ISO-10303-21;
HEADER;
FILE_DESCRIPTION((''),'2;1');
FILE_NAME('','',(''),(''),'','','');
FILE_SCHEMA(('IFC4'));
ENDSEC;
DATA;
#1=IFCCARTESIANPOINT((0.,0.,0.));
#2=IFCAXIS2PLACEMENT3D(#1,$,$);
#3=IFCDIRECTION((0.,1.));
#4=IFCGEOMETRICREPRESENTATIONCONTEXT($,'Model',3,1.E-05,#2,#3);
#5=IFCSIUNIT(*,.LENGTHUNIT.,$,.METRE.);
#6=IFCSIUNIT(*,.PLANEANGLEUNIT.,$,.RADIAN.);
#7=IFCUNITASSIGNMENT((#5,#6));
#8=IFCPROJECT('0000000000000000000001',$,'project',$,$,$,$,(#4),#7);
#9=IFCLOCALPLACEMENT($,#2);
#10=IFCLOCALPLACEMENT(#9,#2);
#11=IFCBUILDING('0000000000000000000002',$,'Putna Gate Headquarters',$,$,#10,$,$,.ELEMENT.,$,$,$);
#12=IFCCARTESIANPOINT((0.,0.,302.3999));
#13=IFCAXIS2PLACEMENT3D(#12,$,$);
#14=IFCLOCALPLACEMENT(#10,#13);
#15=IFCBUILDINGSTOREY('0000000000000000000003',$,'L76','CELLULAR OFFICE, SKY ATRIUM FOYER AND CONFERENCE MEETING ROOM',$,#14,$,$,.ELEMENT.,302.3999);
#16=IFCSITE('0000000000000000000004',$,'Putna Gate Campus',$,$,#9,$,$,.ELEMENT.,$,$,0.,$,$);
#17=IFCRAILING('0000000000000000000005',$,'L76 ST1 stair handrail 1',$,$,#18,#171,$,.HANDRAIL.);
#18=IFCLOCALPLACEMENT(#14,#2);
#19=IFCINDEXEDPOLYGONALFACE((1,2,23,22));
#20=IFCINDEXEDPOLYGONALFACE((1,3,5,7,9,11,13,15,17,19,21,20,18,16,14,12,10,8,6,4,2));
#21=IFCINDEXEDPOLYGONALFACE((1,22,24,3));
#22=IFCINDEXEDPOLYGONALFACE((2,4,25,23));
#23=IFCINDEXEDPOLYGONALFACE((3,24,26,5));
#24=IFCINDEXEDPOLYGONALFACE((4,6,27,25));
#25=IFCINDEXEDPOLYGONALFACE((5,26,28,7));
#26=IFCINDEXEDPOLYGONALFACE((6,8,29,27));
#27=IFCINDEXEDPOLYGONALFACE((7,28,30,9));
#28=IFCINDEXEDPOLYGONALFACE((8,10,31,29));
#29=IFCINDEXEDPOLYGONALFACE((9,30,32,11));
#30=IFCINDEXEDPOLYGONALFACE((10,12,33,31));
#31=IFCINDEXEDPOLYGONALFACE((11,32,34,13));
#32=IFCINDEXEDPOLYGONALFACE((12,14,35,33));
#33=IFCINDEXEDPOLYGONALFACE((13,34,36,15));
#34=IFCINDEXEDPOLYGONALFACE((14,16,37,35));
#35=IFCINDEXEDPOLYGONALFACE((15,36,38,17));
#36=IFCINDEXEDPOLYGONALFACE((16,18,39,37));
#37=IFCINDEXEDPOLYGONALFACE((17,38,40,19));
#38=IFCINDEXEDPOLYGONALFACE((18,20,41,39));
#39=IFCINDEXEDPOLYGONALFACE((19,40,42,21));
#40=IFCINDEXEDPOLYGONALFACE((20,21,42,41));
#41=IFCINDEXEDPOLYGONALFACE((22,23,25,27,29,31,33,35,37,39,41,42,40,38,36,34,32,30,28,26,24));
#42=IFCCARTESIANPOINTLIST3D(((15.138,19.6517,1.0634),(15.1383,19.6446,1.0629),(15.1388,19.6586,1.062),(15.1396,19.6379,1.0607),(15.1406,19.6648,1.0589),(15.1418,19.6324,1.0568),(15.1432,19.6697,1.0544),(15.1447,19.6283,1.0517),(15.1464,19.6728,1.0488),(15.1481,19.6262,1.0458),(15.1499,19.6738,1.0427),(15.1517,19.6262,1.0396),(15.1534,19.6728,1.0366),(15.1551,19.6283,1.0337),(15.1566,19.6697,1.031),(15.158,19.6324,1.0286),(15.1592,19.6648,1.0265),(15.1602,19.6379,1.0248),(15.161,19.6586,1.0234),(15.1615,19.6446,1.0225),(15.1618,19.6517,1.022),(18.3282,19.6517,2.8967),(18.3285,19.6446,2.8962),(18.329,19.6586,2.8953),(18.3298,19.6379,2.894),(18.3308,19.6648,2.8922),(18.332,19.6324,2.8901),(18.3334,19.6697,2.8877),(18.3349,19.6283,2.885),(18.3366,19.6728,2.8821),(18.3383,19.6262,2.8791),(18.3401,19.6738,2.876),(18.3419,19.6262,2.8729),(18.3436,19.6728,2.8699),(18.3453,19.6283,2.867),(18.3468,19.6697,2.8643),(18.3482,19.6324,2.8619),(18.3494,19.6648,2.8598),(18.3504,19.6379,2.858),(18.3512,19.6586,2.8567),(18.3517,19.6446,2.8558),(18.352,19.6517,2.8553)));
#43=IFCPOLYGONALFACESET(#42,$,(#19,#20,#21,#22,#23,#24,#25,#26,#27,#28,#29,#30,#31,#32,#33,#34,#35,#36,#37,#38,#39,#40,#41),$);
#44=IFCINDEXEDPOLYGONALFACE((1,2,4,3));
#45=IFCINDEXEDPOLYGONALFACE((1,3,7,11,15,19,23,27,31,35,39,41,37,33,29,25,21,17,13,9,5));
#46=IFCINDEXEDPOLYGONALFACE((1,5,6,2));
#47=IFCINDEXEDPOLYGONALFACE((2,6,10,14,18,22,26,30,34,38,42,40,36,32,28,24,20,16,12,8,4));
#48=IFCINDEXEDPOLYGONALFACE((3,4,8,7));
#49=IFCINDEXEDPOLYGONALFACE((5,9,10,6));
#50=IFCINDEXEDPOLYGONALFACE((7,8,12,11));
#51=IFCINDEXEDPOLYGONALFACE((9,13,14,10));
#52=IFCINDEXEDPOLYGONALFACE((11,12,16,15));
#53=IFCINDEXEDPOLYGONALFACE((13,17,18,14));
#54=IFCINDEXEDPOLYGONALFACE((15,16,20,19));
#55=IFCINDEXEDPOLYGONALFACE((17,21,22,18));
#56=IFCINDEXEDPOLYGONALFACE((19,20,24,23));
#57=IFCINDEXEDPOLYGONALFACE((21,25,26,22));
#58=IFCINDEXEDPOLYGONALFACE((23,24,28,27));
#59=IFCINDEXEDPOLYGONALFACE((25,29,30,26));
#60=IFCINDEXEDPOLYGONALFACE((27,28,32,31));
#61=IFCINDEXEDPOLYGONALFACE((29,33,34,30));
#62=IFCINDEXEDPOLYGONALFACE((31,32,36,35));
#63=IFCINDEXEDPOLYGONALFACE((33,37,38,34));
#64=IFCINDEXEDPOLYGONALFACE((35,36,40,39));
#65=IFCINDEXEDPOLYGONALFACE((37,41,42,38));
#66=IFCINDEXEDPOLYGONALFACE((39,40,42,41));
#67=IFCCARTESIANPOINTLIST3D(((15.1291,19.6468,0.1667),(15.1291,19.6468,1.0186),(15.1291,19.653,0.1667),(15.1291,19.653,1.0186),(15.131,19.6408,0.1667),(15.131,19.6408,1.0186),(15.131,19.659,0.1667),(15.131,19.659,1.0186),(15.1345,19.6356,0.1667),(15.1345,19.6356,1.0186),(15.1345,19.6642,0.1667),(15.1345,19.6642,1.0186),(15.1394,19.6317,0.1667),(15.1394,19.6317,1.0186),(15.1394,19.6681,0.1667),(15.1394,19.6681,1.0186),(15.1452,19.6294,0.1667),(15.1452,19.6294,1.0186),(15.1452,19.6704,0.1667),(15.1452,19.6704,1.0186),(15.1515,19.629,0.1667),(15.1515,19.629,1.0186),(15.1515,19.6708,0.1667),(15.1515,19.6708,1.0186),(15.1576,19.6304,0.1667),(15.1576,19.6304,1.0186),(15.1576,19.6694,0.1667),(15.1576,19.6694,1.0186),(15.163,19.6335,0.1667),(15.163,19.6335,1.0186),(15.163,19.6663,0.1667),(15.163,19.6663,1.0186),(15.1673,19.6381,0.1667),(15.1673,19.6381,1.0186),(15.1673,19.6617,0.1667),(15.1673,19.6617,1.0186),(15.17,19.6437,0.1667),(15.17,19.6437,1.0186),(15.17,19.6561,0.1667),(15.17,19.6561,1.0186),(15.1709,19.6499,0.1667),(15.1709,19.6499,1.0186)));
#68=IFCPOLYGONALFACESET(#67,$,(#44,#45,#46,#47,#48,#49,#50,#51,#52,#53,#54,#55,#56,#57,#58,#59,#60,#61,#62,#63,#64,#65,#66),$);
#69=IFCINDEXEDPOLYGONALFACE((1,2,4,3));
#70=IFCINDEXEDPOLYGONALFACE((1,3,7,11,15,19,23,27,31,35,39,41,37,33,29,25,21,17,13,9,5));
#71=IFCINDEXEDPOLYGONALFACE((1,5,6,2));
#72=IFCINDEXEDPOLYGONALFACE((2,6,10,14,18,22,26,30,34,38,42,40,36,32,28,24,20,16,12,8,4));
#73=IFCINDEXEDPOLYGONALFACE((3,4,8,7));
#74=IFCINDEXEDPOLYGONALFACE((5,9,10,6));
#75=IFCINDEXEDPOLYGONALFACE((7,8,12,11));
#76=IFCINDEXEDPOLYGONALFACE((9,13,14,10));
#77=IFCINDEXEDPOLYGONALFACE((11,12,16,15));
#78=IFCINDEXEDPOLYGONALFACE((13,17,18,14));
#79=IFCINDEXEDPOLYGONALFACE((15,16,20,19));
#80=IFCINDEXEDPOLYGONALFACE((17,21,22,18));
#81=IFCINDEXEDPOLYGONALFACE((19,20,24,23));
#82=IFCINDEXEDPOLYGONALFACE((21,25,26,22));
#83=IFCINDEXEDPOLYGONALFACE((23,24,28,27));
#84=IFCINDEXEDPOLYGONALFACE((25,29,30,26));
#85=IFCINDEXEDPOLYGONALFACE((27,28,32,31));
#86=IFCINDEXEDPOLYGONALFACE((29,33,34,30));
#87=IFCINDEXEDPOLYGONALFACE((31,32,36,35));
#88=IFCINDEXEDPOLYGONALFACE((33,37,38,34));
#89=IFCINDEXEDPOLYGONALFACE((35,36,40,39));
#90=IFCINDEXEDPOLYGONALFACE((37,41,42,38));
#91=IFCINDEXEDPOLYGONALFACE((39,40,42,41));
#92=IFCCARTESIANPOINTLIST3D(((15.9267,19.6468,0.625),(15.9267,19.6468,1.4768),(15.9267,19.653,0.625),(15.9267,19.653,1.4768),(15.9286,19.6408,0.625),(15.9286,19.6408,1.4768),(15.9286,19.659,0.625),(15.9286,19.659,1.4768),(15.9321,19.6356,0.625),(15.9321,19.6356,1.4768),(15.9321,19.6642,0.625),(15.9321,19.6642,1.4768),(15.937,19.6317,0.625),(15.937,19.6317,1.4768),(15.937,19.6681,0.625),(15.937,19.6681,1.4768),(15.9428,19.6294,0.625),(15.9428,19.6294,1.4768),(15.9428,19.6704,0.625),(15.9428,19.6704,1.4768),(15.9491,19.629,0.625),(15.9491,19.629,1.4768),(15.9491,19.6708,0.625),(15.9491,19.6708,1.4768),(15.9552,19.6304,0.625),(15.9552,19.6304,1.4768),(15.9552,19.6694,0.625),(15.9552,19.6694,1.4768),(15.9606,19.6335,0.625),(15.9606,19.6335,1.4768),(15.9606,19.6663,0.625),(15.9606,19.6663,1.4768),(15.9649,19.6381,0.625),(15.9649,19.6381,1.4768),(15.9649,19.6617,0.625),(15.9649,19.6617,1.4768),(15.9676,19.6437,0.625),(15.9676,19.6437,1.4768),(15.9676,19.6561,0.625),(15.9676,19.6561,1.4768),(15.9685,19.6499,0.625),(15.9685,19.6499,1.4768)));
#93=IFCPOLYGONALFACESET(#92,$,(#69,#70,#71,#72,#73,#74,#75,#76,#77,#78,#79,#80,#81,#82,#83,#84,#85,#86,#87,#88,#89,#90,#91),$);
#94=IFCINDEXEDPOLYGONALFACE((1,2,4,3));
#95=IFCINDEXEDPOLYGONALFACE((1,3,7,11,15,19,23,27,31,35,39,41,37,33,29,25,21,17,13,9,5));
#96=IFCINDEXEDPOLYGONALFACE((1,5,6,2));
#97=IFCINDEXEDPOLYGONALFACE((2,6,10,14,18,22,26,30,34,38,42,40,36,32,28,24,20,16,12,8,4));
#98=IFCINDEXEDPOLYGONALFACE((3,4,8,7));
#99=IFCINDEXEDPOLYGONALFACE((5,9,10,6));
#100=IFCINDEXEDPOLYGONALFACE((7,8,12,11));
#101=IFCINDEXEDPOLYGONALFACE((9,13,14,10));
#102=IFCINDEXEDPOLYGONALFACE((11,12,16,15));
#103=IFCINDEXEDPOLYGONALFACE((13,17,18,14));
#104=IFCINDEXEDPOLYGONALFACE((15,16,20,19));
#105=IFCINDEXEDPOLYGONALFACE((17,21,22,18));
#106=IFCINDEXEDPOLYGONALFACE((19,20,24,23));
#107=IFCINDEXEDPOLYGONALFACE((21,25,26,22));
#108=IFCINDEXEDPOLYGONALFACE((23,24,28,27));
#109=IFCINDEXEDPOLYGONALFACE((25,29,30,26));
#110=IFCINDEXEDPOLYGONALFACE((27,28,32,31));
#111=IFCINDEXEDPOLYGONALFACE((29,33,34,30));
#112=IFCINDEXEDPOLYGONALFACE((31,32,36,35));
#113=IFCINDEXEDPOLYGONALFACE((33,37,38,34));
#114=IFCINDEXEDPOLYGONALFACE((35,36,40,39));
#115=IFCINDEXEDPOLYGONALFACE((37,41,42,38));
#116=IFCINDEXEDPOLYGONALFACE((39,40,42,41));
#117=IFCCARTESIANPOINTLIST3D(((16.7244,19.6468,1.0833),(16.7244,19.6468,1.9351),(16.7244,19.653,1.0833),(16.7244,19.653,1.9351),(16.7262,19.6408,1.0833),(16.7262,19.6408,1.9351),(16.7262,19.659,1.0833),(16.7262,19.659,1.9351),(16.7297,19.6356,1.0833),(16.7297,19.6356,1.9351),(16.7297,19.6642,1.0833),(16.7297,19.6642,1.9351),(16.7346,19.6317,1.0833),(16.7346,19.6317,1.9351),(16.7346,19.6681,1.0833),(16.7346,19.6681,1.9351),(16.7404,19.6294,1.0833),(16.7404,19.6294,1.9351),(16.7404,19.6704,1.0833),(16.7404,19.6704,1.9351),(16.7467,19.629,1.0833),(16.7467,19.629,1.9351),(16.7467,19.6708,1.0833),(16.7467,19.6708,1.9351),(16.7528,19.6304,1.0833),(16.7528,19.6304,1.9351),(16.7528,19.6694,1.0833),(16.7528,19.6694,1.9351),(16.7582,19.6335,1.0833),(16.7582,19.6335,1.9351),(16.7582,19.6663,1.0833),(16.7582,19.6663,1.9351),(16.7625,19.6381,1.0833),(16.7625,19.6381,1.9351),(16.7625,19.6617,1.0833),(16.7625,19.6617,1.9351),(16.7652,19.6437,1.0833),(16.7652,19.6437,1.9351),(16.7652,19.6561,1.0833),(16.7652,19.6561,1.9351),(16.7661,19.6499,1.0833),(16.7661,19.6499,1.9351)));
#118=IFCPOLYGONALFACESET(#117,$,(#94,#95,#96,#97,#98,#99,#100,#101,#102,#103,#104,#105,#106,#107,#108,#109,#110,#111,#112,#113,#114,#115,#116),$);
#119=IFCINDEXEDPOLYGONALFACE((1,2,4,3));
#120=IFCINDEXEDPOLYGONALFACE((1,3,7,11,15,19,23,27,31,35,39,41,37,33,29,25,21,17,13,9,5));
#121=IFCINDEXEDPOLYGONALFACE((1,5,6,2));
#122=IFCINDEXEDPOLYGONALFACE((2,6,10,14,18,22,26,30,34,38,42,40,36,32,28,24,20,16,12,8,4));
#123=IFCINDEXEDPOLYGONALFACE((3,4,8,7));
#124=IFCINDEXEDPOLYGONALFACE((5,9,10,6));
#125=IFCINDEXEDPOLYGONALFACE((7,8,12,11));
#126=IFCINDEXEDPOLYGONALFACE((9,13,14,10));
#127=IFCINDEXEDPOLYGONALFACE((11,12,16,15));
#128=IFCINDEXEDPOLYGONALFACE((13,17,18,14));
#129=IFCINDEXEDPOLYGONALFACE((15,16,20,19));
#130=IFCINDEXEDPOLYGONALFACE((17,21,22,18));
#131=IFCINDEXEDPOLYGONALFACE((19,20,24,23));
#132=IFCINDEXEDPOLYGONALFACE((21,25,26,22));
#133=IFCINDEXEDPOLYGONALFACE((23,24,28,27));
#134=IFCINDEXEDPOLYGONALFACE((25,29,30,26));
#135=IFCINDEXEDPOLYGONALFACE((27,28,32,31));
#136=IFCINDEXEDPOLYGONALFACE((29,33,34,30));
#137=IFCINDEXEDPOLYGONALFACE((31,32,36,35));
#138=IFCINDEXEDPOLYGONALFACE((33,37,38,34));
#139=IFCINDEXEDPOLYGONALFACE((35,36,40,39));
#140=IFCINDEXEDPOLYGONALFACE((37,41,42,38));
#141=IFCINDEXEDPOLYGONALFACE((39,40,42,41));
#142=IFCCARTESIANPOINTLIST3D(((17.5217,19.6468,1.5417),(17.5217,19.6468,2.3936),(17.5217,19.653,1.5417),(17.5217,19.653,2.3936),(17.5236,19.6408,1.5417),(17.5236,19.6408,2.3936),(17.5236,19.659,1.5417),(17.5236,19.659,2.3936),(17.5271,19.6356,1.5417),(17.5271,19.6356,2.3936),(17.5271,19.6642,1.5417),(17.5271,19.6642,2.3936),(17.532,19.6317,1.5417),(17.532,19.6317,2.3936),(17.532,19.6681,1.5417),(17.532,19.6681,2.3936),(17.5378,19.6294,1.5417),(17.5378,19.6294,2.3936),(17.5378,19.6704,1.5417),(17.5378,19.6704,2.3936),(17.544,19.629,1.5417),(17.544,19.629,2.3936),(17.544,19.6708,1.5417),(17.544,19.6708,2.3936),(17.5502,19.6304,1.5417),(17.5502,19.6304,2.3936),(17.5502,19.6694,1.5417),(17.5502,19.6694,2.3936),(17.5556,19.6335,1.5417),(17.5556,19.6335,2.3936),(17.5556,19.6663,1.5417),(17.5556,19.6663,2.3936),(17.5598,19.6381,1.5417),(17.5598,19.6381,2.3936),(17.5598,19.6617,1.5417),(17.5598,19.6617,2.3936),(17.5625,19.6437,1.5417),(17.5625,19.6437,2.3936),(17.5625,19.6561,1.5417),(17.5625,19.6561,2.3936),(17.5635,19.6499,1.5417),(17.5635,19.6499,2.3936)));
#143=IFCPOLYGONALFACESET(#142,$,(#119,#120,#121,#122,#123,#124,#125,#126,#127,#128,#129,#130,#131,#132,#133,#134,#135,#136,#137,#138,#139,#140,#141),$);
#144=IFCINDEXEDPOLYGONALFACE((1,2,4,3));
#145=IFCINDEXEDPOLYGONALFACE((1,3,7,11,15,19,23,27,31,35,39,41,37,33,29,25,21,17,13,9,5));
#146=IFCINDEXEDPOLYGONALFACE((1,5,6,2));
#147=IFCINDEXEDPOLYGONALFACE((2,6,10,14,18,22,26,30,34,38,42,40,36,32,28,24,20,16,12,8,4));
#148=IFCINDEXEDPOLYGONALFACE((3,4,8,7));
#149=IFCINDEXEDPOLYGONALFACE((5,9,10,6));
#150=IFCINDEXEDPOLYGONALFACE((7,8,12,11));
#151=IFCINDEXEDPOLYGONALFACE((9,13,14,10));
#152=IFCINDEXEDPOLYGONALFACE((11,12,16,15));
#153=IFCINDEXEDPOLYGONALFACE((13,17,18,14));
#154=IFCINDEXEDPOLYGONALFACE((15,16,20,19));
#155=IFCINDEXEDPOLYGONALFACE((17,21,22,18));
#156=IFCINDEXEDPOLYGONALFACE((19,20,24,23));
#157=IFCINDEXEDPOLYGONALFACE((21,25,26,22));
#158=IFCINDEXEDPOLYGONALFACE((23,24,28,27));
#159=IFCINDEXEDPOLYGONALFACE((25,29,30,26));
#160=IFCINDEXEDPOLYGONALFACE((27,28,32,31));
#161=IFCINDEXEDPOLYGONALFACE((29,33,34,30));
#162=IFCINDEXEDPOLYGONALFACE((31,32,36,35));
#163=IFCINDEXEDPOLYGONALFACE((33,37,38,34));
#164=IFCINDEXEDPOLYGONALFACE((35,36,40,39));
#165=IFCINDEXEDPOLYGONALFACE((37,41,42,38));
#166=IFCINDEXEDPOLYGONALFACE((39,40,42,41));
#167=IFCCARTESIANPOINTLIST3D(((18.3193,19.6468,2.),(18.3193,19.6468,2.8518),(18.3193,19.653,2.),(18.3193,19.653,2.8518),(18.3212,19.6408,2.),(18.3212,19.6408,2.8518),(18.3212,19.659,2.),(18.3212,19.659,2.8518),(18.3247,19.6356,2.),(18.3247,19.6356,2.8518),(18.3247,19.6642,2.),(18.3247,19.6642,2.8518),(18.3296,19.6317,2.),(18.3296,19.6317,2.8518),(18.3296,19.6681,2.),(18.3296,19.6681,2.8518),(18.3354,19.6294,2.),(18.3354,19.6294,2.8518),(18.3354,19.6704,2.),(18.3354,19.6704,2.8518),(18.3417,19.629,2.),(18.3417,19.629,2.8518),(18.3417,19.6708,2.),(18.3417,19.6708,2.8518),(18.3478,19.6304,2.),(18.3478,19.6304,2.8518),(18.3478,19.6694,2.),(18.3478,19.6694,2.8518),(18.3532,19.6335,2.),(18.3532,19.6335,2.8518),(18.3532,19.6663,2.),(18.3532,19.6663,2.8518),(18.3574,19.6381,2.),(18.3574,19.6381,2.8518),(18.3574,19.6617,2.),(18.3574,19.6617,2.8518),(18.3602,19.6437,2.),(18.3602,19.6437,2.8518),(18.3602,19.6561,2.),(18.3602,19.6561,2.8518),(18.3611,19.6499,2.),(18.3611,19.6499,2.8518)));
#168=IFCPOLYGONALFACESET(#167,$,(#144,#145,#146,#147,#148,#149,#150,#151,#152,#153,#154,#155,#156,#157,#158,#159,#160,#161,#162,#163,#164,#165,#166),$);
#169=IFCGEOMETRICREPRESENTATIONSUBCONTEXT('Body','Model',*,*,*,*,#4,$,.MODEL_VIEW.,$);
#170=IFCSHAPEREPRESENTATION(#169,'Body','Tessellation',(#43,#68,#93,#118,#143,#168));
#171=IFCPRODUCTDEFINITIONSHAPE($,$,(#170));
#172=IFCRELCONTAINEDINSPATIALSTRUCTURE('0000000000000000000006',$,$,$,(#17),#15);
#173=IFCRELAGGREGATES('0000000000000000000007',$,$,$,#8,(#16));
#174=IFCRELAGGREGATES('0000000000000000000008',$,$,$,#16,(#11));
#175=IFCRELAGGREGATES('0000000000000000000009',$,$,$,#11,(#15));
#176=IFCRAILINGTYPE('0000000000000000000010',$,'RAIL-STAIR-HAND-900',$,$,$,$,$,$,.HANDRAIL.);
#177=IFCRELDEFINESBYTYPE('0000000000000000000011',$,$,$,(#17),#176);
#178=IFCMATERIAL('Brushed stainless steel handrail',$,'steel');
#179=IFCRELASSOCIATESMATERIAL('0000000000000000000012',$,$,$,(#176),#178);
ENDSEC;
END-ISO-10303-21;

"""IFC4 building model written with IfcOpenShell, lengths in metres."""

from ifc_helpers import new_model, si_unit, direction, frame, origin, origin_2d, place, context, subcontext, project, spatial, circle, extrude, material, type_object, element, save


model = new_model("IFC4")

# Units and contexts
model_context = context("Model", 3, precision=1e-05, world=origin(), true_north=direction((0.0, 1.0)))
body_context = subcontext(model_context, "Body", "Model", "MODEL_VIEW")
ifc_project = project(units=[si_unit("LENGTHUNIT", "METRE"), si_unit("PLANEANGLEUNIT", "RADIAN")], contexts=[model_context])

# Site, building, storey
site_placement = place(None, origin())
site = spatial("IfcSite", under=ifc_project, at=site_placement, Name="Putna Gate Campus", CompositionType="ELEMENT", RefElevation=0.0)
building_placement = place(site_placement, origin())
building = spatial("IfcBuilding", under=site, at=building_placement, Name="Putna Gate Headquarters", CompositionType="ELEMENT")
storey_placement = place(building_placement, frame((0.0, 0.0, 302.3999)))
storey = spatial("IfcBuildingStorey", under=building, at=storey_placement, Name="L76", Description="CELLULAR OFFICE, SKY ATRIUM FOYER AND CONFERENCE MEETING ROOM", CompositionType="ELEMENT", Elevation=302.3999)

# Railing
ifc_material_1 = material(Name="Brushed stainless steel handrail", Category="steel")
railing_type_1 = type_object("IfcRailingType", Name="RAIL-STAIR-HAND-900", PredefinedType="HANDRAIL", material=ifc_material_1)
railing_1_placement = place(storey_placement, frame((15.1499, 19.6499, 0.1667)))
element("IfcRailing", 1, at=railing_1_placement, inside=storey, type_object=railing_type_1, Name="L76 ST1 stair handrail 1", PredefinedType="HANDRAIL", context=body_context, shape_type="SweptSolid", body=[
    extrude(circle(Radius=0.0239, at=origin_2d()), frame((0.0, 0.0, 0.876), z_axis=(0.867036, 0.0, 0.498245), x_axis=(0.0, 1.0, 0.0)), (0.0, 0.0, 1.0), 3.6794),
    extrude(circle(Radius=0.021, at=origin_2d()), origin(), (0.0, 0.0, 1.0), 0.8518),
    extrude(circle(Radius=0.021, at=origin_2d()), frame((0.7976, 0.0, 0.4583)), (0.0, 0.0, 1.0), 0.8518),
    extrude(circle(Radius=0.021, at=origin_2d()), frame((1.5952, 0.0, 0.9165)), (0.0, 0.0, 1.0), 0.8518),
    extrude(circle(Radius=0.021, at=origin_2d()), frame((2.3926, 0.0, 1.375)), (0.0, 0.0, 1.0), 0.8518),
    extrude(circle(Radius=0.021, at=origin_2d()), frame((3.1902, 0.0, 1.8333)), (0.0, 0.0, 1.0), 0.8518),
])

save(model, "model.ifc")
